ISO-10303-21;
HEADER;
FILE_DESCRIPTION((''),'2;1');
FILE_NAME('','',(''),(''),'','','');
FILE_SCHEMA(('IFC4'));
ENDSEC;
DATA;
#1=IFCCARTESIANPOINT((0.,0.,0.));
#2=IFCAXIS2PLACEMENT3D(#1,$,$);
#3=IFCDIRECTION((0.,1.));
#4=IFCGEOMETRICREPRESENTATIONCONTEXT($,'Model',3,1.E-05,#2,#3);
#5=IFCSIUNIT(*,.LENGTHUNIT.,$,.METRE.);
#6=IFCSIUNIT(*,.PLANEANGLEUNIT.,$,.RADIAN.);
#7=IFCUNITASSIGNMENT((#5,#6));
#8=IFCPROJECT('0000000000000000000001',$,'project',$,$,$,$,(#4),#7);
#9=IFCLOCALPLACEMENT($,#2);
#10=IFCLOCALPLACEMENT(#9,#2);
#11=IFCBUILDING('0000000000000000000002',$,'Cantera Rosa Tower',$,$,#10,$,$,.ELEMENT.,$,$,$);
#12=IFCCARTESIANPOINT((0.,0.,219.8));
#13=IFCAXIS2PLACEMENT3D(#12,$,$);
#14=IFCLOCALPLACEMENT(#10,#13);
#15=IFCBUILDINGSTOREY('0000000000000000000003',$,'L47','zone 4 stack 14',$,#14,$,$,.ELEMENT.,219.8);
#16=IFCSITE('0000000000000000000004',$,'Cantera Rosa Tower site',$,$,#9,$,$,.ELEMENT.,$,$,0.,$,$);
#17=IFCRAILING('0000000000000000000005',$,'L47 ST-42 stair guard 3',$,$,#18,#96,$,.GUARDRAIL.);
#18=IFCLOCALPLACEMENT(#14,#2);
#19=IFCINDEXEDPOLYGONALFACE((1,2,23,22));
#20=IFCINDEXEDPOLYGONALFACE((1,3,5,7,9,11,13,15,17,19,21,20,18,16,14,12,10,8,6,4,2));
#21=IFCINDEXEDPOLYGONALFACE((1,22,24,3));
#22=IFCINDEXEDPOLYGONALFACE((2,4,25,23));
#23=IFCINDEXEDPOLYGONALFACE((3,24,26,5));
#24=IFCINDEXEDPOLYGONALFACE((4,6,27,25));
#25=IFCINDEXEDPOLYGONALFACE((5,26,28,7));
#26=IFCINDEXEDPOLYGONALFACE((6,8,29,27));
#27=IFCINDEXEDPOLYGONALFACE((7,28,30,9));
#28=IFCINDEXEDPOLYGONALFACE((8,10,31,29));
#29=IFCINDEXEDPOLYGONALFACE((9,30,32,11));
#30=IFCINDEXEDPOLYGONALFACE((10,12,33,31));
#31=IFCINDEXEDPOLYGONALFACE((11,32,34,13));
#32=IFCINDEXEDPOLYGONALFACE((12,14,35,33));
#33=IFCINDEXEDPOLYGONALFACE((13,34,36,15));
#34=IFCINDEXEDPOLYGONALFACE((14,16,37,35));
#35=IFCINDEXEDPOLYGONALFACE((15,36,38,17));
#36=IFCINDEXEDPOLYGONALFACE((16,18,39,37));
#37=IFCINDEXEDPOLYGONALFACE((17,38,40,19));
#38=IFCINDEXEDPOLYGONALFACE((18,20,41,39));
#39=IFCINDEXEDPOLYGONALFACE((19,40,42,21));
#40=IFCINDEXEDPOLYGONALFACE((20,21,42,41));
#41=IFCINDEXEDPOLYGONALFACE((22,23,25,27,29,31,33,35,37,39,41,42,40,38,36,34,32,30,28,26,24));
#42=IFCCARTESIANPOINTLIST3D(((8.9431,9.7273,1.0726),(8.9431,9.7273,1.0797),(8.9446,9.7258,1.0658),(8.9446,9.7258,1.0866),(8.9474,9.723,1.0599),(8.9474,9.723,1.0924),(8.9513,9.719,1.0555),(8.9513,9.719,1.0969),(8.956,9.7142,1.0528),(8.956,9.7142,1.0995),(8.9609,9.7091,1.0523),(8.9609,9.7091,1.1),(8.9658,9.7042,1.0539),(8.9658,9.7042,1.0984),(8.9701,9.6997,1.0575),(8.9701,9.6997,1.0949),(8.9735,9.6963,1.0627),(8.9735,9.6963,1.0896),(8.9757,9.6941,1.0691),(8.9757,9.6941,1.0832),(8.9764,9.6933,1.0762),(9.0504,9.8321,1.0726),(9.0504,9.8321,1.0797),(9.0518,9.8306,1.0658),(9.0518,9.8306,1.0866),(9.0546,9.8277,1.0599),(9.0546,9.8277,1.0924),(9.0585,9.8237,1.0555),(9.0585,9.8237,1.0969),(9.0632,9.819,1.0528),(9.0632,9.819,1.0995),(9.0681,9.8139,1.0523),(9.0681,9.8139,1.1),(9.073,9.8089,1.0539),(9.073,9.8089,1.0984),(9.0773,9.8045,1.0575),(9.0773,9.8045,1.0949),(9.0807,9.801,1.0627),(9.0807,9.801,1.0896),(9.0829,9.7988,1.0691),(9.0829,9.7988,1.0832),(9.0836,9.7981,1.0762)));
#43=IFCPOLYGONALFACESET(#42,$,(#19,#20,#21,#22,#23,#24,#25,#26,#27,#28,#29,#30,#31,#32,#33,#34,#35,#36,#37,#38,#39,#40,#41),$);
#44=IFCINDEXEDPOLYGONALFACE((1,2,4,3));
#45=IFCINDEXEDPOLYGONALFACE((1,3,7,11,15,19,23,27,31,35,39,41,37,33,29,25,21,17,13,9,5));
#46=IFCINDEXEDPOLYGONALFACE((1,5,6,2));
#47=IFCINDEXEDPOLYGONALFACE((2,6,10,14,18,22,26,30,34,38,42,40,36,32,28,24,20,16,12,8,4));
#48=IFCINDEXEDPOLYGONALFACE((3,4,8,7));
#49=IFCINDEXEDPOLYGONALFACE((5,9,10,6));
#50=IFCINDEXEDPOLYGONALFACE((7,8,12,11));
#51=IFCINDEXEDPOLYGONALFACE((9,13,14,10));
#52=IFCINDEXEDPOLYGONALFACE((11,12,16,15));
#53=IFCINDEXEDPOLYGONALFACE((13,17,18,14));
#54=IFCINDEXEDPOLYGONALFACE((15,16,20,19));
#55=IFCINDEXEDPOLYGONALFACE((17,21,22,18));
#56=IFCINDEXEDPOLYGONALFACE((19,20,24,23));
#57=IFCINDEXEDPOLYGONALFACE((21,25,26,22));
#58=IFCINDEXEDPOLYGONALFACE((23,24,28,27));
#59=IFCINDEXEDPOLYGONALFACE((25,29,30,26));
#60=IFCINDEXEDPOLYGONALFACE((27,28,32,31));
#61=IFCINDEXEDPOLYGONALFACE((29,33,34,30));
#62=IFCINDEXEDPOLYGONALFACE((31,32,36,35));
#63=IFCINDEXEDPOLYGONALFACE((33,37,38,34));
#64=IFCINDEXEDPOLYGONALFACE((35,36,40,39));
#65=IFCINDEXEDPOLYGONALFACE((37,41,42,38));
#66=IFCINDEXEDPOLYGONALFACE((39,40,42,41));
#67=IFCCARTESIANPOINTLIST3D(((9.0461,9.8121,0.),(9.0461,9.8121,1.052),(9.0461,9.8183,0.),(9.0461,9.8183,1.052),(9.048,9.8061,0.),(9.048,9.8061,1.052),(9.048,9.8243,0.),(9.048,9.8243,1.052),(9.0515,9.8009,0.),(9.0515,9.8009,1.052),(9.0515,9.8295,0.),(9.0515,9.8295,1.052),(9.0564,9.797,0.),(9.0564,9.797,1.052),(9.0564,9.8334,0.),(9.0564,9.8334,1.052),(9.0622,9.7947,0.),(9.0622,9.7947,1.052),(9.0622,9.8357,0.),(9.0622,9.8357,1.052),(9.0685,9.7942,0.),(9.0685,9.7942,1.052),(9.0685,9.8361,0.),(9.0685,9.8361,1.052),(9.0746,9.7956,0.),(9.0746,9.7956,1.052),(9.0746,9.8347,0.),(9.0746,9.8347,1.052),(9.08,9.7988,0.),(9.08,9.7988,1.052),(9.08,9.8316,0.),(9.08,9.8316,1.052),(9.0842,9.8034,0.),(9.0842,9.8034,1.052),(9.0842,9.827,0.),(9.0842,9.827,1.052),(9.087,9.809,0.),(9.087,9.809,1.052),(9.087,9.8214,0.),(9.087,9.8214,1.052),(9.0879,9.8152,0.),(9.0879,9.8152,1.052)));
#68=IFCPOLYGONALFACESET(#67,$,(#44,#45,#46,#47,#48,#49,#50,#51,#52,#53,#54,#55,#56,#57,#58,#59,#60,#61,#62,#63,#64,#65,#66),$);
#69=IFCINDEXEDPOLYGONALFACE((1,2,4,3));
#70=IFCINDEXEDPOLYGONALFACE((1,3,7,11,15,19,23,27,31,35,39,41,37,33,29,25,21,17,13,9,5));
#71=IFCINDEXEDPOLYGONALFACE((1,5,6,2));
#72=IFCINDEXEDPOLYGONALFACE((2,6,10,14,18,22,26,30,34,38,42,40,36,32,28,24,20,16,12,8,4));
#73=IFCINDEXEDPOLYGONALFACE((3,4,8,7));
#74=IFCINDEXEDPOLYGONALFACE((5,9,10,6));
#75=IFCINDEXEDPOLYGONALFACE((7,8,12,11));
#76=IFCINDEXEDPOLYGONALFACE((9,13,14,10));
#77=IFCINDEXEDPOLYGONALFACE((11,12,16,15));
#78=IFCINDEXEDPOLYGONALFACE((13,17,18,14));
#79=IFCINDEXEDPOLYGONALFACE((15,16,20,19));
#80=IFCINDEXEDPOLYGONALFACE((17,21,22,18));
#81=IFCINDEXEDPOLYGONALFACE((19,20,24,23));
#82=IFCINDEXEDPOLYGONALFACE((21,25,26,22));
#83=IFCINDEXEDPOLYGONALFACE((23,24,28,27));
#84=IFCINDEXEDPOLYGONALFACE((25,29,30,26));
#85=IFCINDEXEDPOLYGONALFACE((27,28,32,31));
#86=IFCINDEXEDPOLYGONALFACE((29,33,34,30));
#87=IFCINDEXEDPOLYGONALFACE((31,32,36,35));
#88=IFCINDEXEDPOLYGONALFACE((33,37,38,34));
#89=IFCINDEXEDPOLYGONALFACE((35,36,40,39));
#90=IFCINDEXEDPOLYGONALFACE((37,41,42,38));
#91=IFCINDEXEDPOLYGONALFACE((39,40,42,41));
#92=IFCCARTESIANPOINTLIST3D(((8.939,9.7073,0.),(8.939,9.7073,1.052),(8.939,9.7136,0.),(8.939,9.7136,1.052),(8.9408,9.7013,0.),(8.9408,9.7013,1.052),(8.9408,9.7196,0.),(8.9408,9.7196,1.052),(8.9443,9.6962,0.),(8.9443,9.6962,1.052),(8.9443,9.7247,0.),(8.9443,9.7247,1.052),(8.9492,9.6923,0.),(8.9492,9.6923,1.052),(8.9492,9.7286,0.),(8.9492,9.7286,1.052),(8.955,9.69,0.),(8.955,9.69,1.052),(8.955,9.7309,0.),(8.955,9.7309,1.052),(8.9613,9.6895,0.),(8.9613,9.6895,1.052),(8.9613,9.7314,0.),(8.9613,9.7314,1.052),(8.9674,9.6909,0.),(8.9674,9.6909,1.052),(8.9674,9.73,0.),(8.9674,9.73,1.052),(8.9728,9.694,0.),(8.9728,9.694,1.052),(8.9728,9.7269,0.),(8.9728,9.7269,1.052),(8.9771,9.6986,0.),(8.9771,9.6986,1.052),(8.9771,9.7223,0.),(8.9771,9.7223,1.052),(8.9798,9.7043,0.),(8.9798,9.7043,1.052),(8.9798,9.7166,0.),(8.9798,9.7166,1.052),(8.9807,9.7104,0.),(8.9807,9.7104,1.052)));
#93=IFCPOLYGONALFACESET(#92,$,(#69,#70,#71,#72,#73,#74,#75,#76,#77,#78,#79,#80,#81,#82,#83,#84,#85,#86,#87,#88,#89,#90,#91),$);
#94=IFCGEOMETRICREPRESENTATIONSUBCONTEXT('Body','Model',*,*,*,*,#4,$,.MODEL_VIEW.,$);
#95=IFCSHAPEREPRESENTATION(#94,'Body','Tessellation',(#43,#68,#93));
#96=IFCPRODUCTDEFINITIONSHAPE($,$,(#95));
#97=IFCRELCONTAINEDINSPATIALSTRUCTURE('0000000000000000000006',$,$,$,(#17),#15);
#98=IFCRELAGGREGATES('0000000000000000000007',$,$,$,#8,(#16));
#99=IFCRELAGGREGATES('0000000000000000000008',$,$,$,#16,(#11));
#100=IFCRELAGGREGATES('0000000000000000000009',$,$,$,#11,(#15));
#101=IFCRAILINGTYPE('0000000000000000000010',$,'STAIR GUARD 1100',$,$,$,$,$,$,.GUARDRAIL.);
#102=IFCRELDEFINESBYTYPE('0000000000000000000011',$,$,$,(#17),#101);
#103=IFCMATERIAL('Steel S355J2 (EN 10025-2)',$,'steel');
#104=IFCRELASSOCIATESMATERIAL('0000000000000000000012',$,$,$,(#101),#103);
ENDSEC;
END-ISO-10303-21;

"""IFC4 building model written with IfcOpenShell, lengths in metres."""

from ifc_helpers import new_model, si_unit, direction, frame, origin, origin_2d, place, context, subcontext, project, spatial, circle, extrude, material, type_object, element, save


model = new_model("IFC4")

# Units and contexts
model_context = context("Model", 3, precision=1e-05, world=origin(), true_north=direction((0.0, 1.0)))
body_context = subcontext(model_context, "Body", "Model", "MODEL_VIEW")
ifc_project = project(units=[si_unit("LENGTHUNIT", "METRE"), si_unit("PLANEANGLEUNIT", "RADIAN")], contexts=[model_context])

# Site, building, storey
site_placement = place(None, origin())
site = spatial("IfcSite", under=ifc_project, at=site_placement, Name="Cantera Rosa Tower site", CompositionType="ELEMENT", RefElevation=0.0)
building_placement = place(site_placement, origin())
building = spatial("IfcBuilding", under=site, at=building_placement, Name="Cantera Rosa Tower", CompositionType="ELEMENT")
storey_placement = place(building_placement, frame((0.0, 0.0, 219.8)))
storey = spatial("IfcBuildingStorey", under=building, at=storey_placement, Name="L47", Description="zone 4 stack 14", CompositionType="ELEMENT", Elevation=219.8)

# Railing
ifc_material_1 = material(Name="Steel S355J2 (EN 10025-2)", Category="steel")
railing_type_1 = type_object("IfcRailingType", Name="STAIR GUARD 1100", PredefinedType="GUARDRAIL", material=ifc_material_1)
railing_1_placement = place(storey_placement, frame((9.0669, 9.8152, 0.0)))
element("IfcRailing", 1, at=railing_1_placement, inside=storey, type_object=railing_type_1, Name="L47 ST-42 stair guard 3", PredefinedType="GUARDRAIL", context=body_context, shape_type="SweptSolid", body=[
    extrude(circle(Radius=0.0239, at=origin_2d()), frame((0.0, 0.0, 1.0762), z_axis=(-0.715206, -0.698914, 0.0), x_axis=(0.698914, -0.715206, 0.0)), (0.0, 0.0, 1.0), 0.1499),
    extrude(circle(Radius=0.021, at=origin_2d()), origin(), (0.0, 0.0, 1.0), 1.052),
    extrude(circle(Radius=0.021, at=origin_2d()), frame((-0.1072, -0.1047, 0.0)), (0.0, 0.0, 1.0), 1.052),
])

save(model, "model.ifc")
